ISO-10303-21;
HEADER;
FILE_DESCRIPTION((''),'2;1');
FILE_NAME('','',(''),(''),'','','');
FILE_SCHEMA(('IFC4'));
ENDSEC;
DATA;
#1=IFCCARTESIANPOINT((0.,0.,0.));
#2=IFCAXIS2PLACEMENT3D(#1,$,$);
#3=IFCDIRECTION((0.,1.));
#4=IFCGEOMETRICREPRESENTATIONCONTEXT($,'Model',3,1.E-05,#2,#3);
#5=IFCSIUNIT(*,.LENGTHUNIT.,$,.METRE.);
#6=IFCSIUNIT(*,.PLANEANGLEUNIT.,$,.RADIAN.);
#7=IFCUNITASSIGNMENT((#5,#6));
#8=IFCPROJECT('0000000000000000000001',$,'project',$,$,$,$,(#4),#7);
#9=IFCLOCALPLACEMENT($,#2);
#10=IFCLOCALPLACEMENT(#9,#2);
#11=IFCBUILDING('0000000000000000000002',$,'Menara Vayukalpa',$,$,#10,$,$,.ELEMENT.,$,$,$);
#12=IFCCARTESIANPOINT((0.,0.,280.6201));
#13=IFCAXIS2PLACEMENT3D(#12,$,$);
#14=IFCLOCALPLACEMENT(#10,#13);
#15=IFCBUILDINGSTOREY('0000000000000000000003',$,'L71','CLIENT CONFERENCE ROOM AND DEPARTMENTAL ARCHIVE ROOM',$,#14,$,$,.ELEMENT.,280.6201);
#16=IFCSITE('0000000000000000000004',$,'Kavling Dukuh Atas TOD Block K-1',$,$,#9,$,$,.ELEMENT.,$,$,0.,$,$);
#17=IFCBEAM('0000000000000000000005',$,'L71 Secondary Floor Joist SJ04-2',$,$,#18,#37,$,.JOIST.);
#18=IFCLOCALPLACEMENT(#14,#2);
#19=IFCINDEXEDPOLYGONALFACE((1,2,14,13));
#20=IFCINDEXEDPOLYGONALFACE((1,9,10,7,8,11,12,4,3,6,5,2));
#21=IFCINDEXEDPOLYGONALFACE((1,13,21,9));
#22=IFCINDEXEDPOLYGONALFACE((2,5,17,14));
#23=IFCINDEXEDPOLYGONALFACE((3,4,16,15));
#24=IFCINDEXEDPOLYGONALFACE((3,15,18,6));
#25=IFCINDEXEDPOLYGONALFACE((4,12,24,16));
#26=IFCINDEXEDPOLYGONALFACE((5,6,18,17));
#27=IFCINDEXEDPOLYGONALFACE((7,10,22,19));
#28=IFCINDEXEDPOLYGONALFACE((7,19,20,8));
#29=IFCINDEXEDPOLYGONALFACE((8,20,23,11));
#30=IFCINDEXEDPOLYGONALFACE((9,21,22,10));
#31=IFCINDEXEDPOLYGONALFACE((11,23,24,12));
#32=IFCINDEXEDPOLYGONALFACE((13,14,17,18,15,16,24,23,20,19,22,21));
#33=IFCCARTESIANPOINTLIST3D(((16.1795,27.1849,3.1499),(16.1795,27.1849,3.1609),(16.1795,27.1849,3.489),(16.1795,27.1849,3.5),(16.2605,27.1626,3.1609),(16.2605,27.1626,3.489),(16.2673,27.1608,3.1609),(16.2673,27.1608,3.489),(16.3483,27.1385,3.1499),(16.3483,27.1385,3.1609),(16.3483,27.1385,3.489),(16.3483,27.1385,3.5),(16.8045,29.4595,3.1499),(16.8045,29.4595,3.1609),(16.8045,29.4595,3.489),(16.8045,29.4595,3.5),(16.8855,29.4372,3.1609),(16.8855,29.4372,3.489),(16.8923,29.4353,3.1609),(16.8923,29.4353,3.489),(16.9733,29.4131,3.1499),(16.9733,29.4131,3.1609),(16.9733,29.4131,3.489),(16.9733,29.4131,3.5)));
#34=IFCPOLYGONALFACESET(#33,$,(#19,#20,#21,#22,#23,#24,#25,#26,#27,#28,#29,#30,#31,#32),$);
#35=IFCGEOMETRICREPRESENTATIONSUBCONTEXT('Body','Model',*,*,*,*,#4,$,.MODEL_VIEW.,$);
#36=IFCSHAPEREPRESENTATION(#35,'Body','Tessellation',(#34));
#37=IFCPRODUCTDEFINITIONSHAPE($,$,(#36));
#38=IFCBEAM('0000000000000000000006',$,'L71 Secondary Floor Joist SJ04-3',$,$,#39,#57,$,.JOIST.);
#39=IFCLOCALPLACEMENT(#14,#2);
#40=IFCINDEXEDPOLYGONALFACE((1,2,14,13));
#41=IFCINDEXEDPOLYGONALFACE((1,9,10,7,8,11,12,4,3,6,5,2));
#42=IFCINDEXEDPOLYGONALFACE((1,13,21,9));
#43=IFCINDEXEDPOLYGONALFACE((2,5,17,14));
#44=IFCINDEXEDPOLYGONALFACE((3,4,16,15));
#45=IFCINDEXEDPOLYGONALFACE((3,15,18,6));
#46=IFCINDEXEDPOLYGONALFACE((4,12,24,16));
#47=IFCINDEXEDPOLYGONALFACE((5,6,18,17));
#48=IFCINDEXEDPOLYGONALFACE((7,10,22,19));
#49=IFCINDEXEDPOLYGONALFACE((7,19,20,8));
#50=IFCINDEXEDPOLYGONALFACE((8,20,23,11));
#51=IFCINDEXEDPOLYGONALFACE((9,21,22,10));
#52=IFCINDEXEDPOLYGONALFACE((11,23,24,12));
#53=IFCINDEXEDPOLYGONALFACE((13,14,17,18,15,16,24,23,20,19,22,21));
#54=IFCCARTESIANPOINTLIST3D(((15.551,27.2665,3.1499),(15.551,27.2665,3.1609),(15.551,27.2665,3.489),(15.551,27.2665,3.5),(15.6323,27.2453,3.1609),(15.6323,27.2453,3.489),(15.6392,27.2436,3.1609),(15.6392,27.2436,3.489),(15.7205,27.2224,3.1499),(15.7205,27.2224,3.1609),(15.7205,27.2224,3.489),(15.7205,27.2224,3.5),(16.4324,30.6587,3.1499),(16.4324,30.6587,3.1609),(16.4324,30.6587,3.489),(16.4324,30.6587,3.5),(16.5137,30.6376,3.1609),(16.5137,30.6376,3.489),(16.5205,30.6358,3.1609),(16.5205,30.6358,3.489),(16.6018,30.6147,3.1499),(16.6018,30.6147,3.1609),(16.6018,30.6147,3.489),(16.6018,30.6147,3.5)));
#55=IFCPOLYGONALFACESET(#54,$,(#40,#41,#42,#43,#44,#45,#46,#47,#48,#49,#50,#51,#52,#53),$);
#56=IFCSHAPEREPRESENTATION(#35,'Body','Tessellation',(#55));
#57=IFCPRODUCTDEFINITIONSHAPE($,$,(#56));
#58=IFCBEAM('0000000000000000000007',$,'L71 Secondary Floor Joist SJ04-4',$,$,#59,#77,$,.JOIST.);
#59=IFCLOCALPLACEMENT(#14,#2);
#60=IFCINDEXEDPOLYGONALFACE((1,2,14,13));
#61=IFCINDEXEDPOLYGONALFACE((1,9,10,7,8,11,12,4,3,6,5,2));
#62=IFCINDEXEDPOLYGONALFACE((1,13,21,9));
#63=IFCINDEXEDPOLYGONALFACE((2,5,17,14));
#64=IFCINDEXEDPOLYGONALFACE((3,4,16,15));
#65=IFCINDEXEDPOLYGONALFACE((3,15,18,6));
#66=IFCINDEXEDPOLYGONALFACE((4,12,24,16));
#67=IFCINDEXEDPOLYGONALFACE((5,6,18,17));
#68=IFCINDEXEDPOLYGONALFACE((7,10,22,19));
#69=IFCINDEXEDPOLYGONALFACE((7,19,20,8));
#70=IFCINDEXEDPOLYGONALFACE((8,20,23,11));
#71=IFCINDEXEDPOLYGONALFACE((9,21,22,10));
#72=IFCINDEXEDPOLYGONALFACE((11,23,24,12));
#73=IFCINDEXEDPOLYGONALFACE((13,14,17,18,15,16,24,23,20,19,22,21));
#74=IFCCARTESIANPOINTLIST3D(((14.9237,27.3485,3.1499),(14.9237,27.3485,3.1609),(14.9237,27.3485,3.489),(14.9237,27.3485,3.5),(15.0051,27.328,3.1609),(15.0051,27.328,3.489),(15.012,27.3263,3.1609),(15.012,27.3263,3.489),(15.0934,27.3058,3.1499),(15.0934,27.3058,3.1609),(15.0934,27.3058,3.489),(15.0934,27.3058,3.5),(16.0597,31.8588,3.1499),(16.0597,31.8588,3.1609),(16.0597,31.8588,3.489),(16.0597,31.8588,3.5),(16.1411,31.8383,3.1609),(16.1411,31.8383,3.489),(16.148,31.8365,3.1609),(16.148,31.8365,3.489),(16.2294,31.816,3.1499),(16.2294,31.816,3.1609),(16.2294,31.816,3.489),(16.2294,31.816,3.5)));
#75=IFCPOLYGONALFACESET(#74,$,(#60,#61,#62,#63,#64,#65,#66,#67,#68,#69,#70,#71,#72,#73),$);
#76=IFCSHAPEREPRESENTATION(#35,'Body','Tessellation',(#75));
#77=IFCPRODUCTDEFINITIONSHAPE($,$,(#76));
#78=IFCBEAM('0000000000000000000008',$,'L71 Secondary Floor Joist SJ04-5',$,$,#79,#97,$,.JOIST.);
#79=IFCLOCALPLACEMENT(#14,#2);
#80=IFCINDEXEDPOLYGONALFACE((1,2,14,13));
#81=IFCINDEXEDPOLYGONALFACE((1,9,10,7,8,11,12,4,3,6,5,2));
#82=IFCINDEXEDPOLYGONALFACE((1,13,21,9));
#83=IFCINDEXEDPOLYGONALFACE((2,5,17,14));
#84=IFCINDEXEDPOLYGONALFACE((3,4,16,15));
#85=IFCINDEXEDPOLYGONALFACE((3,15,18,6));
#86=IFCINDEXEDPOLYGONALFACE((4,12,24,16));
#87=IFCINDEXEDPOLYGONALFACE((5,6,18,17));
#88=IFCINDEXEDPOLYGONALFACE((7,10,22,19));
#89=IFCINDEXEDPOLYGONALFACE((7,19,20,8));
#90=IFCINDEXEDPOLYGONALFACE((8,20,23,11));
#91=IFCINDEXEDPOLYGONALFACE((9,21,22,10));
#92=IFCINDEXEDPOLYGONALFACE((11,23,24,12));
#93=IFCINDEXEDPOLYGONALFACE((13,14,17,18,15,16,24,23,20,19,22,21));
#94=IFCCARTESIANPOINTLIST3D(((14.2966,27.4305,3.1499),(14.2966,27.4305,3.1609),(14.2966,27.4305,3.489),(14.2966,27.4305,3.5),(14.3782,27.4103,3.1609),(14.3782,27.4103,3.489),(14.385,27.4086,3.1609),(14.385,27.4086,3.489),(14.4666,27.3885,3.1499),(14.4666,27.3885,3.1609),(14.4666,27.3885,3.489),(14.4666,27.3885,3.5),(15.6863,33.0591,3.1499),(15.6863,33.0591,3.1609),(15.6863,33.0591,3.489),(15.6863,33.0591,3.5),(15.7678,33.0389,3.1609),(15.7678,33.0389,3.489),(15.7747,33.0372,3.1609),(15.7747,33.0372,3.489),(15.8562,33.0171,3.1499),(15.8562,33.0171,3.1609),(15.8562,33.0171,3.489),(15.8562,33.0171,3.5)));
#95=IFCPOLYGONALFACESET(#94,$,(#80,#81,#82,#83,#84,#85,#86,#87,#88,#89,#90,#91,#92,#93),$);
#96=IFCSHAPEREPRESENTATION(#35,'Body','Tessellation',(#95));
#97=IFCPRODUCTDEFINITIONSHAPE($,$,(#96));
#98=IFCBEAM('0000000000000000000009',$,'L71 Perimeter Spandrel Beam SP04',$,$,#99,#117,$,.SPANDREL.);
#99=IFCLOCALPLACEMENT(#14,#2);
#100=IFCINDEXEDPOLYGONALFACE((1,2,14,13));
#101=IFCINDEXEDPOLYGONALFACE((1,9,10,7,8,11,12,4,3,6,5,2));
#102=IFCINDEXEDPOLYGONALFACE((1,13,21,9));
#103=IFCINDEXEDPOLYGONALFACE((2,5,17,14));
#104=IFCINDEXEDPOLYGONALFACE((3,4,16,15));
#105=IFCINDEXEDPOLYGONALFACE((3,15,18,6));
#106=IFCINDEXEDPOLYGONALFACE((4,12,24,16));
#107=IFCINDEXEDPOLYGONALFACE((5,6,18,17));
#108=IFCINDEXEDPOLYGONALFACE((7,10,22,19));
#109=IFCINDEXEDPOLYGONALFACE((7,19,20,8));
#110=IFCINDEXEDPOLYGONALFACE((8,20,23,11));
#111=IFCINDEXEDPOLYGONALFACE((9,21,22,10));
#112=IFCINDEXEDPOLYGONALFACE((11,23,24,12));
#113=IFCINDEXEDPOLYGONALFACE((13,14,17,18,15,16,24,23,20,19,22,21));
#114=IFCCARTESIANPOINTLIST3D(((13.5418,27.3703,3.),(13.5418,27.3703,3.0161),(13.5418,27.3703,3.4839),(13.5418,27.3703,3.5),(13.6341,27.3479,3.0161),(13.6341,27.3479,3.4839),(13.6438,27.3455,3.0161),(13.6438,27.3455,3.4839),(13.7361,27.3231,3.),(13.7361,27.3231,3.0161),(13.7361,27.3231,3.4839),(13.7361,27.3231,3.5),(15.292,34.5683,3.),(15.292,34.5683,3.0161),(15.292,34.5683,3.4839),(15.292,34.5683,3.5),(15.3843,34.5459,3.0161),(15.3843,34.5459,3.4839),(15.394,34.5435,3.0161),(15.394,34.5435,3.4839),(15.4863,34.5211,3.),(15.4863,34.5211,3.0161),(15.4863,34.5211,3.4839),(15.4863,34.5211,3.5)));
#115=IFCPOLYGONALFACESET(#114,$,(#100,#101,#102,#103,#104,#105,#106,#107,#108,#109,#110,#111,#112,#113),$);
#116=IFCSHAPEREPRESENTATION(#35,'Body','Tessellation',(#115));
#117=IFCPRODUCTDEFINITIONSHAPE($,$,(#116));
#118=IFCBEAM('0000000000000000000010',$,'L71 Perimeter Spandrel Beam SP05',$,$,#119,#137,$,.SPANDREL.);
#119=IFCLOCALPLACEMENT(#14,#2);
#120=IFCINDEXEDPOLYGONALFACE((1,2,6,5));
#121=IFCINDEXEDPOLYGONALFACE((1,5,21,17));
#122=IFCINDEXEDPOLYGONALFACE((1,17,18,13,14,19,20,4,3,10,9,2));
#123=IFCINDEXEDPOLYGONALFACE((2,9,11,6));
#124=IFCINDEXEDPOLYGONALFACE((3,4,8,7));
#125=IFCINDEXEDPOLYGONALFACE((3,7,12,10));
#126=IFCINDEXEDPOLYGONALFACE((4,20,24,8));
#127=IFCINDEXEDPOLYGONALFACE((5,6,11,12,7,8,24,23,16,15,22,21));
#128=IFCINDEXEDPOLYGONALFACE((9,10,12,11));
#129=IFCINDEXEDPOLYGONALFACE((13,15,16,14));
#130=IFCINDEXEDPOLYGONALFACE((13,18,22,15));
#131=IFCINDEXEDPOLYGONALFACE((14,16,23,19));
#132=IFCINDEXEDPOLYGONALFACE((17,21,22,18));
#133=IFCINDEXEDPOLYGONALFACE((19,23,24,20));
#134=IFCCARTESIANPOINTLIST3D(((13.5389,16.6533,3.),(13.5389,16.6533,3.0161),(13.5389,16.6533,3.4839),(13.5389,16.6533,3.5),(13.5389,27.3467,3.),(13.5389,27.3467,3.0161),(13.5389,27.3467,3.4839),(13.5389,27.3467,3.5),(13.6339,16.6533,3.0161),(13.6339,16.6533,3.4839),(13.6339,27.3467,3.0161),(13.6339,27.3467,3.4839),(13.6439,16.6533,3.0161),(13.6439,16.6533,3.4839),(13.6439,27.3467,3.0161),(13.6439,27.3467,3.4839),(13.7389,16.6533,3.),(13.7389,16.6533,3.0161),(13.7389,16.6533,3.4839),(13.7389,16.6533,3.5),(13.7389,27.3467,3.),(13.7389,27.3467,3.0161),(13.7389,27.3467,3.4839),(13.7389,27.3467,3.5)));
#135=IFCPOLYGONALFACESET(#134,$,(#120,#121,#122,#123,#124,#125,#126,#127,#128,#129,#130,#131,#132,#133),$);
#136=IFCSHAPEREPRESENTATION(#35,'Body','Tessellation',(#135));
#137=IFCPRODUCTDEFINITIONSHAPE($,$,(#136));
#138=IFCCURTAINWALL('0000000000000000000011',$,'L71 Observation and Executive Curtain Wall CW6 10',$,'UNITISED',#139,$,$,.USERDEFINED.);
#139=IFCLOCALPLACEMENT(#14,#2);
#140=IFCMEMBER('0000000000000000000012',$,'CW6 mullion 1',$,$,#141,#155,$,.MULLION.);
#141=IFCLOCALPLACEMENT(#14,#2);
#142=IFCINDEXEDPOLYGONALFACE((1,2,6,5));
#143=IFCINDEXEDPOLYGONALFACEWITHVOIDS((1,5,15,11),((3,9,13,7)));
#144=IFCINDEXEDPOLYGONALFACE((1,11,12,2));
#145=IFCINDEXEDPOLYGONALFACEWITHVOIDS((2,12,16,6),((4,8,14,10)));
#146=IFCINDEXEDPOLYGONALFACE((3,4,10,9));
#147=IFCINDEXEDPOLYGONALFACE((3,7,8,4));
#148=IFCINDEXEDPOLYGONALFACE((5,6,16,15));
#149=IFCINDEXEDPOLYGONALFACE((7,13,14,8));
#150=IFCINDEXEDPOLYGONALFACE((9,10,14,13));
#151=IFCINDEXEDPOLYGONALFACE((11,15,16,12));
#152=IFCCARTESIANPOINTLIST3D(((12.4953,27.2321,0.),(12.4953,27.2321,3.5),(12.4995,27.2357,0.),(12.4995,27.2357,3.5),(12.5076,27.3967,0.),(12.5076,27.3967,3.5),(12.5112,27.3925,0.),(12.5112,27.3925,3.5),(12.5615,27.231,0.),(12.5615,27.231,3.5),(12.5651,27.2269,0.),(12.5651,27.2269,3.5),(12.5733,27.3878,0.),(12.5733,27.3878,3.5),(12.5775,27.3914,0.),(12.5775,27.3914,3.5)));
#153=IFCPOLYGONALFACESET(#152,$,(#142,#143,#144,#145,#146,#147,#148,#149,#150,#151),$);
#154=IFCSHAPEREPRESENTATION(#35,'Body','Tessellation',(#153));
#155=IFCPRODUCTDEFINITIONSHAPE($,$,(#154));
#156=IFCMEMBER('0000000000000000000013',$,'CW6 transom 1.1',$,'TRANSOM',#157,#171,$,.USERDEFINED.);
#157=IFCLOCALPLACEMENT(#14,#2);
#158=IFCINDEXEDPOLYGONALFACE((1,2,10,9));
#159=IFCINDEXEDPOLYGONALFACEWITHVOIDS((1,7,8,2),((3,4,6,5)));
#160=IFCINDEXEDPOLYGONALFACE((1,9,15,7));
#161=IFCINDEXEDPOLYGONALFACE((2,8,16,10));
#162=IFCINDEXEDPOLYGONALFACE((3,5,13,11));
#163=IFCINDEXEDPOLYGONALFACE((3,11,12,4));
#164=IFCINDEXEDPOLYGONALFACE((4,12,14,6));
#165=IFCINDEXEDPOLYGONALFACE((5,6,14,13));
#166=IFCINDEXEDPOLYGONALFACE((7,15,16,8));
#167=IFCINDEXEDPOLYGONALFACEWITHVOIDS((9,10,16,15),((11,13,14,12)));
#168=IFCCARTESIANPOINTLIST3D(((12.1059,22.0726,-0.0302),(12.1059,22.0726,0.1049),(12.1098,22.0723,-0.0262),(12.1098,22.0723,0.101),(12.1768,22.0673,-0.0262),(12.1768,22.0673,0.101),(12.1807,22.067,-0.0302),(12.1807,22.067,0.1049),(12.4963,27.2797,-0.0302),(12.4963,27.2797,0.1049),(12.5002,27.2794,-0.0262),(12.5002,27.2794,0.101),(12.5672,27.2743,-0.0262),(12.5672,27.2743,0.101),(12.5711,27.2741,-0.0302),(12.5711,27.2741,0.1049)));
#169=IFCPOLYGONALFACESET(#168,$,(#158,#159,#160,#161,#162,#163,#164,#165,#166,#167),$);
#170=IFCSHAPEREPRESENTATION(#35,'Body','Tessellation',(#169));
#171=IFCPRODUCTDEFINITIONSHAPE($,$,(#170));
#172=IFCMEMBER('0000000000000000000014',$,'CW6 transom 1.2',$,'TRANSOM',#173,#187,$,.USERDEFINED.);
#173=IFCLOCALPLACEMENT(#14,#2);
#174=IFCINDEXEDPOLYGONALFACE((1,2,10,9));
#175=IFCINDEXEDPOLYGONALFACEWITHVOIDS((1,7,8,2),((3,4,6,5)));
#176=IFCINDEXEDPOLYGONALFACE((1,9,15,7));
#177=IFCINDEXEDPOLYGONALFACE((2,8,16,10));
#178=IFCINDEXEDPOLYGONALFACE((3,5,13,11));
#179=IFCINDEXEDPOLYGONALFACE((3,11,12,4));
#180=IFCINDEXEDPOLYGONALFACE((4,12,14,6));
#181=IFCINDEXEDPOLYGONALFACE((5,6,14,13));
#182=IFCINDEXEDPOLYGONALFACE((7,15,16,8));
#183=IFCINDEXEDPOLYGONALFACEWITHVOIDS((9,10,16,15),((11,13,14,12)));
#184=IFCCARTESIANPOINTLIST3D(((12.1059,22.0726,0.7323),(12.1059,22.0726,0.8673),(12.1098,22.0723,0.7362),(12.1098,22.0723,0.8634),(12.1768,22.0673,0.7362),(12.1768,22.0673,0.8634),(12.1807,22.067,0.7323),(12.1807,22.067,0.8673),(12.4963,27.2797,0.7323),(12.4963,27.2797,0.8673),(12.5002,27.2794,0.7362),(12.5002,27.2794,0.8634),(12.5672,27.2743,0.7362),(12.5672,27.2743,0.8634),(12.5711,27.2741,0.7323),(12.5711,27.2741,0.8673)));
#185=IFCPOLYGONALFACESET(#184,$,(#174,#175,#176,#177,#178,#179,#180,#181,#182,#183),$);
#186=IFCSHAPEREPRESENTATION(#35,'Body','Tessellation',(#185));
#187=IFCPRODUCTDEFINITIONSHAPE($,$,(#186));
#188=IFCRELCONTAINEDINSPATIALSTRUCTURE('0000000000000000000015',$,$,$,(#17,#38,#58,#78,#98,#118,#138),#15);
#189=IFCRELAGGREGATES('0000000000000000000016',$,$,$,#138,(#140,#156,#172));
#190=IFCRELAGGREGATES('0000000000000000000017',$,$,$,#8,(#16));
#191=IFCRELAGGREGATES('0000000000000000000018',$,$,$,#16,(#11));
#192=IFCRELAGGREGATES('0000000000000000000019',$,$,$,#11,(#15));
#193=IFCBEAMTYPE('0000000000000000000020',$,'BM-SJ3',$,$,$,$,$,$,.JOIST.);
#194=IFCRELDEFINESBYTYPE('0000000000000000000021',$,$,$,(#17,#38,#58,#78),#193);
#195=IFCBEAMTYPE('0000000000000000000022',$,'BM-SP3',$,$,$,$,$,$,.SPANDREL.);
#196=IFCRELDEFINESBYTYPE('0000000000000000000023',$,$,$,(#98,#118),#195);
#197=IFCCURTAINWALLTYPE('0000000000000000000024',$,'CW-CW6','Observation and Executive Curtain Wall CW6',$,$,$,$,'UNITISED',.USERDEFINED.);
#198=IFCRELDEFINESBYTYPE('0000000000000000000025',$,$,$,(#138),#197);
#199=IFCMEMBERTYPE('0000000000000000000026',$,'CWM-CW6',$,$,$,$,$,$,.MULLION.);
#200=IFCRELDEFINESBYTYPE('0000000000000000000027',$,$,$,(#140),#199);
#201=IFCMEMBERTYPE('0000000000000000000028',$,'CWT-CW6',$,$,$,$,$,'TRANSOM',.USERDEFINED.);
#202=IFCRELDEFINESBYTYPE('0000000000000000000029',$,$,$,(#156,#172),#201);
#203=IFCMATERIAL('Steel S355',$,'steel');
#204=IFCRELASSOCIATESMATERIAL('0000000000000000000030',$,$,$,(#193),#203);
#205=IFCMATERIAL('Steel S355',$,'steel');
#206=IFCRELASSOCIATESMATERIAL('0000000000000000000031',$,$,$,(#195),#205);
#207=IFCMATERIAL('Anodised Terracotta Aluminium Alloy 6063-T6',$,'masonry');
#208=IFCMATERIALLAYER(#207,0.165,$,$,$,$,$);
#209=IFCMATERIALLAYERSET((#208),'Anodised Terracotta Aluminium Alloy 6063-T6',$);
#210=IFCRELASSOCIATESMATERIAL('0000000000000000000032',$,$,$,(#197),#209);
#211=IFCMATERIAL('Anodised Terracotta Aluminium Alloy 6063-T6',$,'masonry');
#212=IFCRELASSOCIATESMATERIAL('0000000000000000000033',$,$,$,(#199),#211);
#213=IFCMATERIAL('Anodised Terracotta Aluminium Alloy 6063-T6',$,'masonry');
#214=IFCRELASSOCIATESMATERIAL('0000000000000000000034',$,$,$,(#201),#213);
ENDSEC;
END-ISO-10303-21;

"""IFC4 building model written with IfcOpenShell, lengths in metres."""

from ifc_helpers import new_model, si_unit, direction, frame, origin, origin_2d, place, context, subcontext, project, spatial, hollow_rectangle, i_section, extrude, material, layer, layer_set, material_profile, profile_set, type_object, element, aggregate, save


model = new_model("IFC4")

# Units and contexts
model_context = context("Model", 3, precision=1e-05, world=origin(), true_north=direction((0.0, 1.0)))
body_context = subcontext(model_context, "Body", "Model", "MODEL_VIEW")
ifc_project = project(units=[si_unit("LENGTHUNIT", "METRE"), si_unit("PLANEANGLEUNIT", "RADIAN")], contexts=[model_context])

# Site, building, storey
site_placement = place(None, origin())
site = spatial("IfcSite", under=ifc_project, at=site_placement, Name="Kavling Dukuh Atas TOD Block K-1", CompositionType="ELEMENT", RefElevation=0.0)
building_placement = place(site_placement, origin())
building = spatial("IfcBuilding", under=site, at=building_placement, Name="Menara Vayukalpa", CompositionType="ELEMENT")
storey_placement = place(building_placement, frame((0.0, 0.0, 280.6201)))
storey = spatial("IfcBuildingStorey", under=building, at=storey_placement, Name="L71", Description="CLIENT CONFERENCE ROOM AND DEPARTMENTAL ARCHIVE ROOM", CompositionType="ELEMENT", Elevation=280.6201)

# Beams
ifc_material_1 = material(Name="Steel S355", Category="steel")
ifc_material_profile_1 = material_profile(ifc_material_1, i_section(OverallWidth=0.175, OverallDepth=0.3501, WebThickness=0.0071, FlangeThickness=0.011, at=origin_2d()), Name="WF 350x175x7x11")
ifc_profile_set_1 = profile_set([ifc_material_profile_1], Name="Steel S355")
beam_type_1 = type_object("IfcBeamType", Name="BM-SJ3", PredefinedType="JOIST", material=ifc_profile_set_1)
beam_1_placement = place(storey_placement, frame((16.8889, 29.4363, 3.325), z_axis=(-0.264947, -0.964263, 0.0), x_axis=(0.964263, -0.264947, 0.0)))
element("IfcBeam", 1, at=beam_1_placement, inside=storey, type_object=beam_type_1, Name="L71 Secondary Floor Joist SJ04-2", PredefinedType="JOIST", context=body_context, shape_type="SweptSolid", body=[
    extrude(i_section(OverallWidth=0.175, OverallDepth=0.3501, WebThickness=0.0071, FlangeThickness=0.011, at=origin_2d()), origin(), (0.0, 0.0, 1.0), 2.3589),
])
beam_2_placement = place(storey_placement, frame((16.5171, 30.6367, 3.325), z_axis=(-0.251458, -0.967868, 0.0), x_axis=(0.967868, -0.251458, 0.0)))
element("IfcBeam", 2, at=beam_2_placement, inside=storey, type_object=beam_type_1, Name="L71 Secondary Floor Joist SJ04-3", PredefinedType="JOIST", context=body_context, shape_type="SweptSolid", body=[
    extrude(i_section(OverallWidth=0.175, OverallDepth=0.3501, WebThickness=0.0071, FlangeThickness=0.011, at=origin_2d()), origin(), (0.0, 0.0, 1.0), 3.5049),
])
beam_3_placement = place(storey_placement, frame((16.1445, 31.8374, 3.325), z_axis=(-0.24424, -0.969715, 0.0), x_axis=(0.969715, -0.24424, 0.0)))
element("IfcBeam", 3, at=beam_3_placement, inside=storey, type_object=beam_type_1, Name="L71 Secondary Floor Joist SJ04-4", PredefinedType="JOIST", context=body_context, shape_type="SweptSolid", body=[
    extrude(i_section(OverallWidth=0.175, OverallDepth=0.3501, WebThickness=0.0071, FlangeThickness=0.011, at=origin_2d()), origin(), (0.0, 0.0, 1.0), 4.6511),
])
beam_4_placement = place(storey_placement, frame((15.7712, 33.0381, 3.325), z_axis=(-0.239691, -0.970849, 0.0), x_axis=(0.970849, -0.239691, 0.0)))
element("IfcBeam", 4, at=beam_4_placement, inside=storey, type_object=beam_type_1, Name="L71 Secondary Floor Joist SJ04-5", PredefinedType="JOIST", context=body_context, shape_type="SweptSolid", body=[
    extrude(i_section(OverallWidth=0.175, OverallDepth=0.3501, WebThickness=0.0071, FlangeThickness=0.011, at=origin_2d()), origin(), (0.0, 0.0, 1.0), 5.7976),
])
ifc_material_2 = material(Name="Steel S355", Category="steel")
ifc_material_profile_2 = material_profile(ifc_material_2, i_section(OverallWidth=0.2, OverallDepth=0.5, WebThickness=0.01, FlangeThickness=0.0161, at=origin_2d()), Name="WF 500x200x10x16")
ifc_profile_set_2 = profile_set([ifc_material_profile_2], Name="Steel S355")
beam_type_2 = type_object("IfcBeamType", Name="BM-SP3", PredefinedType="SPANDREL", material=ifc_profile_set_2)
beam_5_placement = place(storey_placement, frame((15.3892, 34.5447, 3.25), z_axis=(-0.236273, -0.971687, 0.0), x_axis=(0.971687, -0.236273, 0.0)))
element("IfcBeam", 5, at=beam_5_placement, inside=storey, type_object=beam_type_2, Name="L71 Perimeter Spandrel Beam SP04", PredefinedType="SPANDREL", context=body_context, shape_type="SweptSolid", body=[
    extrude(i_section(OverallWidth=0.2, OverallDepth=0.5, WebThickness=0.01, FlangeThickness=0.0161, at=origin_2d()), origin(), (0.0, 0.0, 1.0), 7.4077),
])
beam_6_placement = place(storey_placement, frame((13.6389, 27.3467, 3.25), z_axis=(0.0, -1.0, 0.0), x_axis=(1.0, 0.0, 0.0)))
element("IfcBeam", 6, at=beam_6_placement, inside=storey, type_object=beam_type_2, Name="L71 Perimeter Spandrel Beam SP05", PredefinedType="SPANDREL", context=body_context, shape_type="SweptSolid", body=[
    extrude(i_section(OverallWidth=0.2, OverallDepth=0.5, WebThickness=0.01, FlangeThickness=0.0161, at=origin_2d()), origin(), (0.0, 0.0, 1.0), 10.6934),
])

# Curtain wall, members
ifc_material_3 = material(Name="Anodised Terracotta Aluminium Alloy 6063-T6", Category="masonry")
ifc_layer_1 = layer(ifc_material_3, 0.165)
ifc_layer_set_1 = layer_set([ifc_layer_1], Name="Anodised Terracotta Aluminium Alloy 6063-T6")
curtain_wall_type = type_object("IfcCurtainWallType", Name="CW-CW6", Description="Observation and Executive Curtain Wall CW6", ElementType="UNITISED", PredefinedType="USERDEFINED", material=ifc_layer_set_1)
curtain_wall_placement = place(storey_placement, origin())
curtain_wall = element("IfcCurtainWall", 7, at=curtain_wall_placement, inside=storey, type_object=curtain_wall_type, Name="L71 Observation and Executive Curtain Wall CW6 10", ObjectType="UNITISED", PredefinedType="USERDEFINED")
ifc_material_4 = material(Name="Anodised Terracotta Aluminium Alloy 6063-T6", Category="masonry")
ifc_material_profile_3 = material_profile(ifc_material_4, hollow_rectangle(XDim=0.0701, YDim=0.165, WallThickness=0.0039, at=origin_2d()), Name="ALU 70x165x4")
ifc_profile_set_3 = profile_set([ifc_material_profile_3], Name="Anodised Terracotta Aluminium Alloy 6063-T6")
member_type_1 = type_object("IfcMemberType", Name="CWM-CW6", PredefinedType="MULLION", material=ifc_profile_set_3)
member_1_placement = place(storey_placement, frame((12.5364, 27.3118, 0.0), z_axis=(0.0, 0.0, 1.0), x_axis=(0.997199, -0.074789, 0.0)))
member_1 = element("IfcMember", 8, at=member_1_placement, type_object=member_type_1, Name="CW6 mullion 1", PredefinedType="MULLION", context=body_context, shape_type="SweptSolid", body=[
    extrude(hollow_rectangle(XDim=0.0701, YDim=0.165, WallThickness=0.0039, at=origin_2d()), origin(), (0.0, 0.0, 1.0), 3.5),
])
ifc_material_5 = material(Name="Anodised Terracotta Aluminium Alloy 6063-T6", Category="masonry")
ifc_material_profile_4 = material_profile(ifc_material_5, hollow_rectangle(XDim=0.075, YDim=0.135, WallThickness=0.0039, at=origin_2d()), Name="ALU 75x135x4")
ifc_profile_set_4 = profile_set([ifc_material_profile_4], Name="Anodised Terracotta Aluminium Alloy 6063-T6")
member_type_2 = type_object("IfcMemberType", Name="CWT-CW6", ElementType="TRANSOM", PredefinedType="USERDEFINED", material=ifc_profile_set_4)
member_2_placement = place(storey_placement, frame((12.5337, 27.2769, 0.0374), z_axis=(-0.074762, -0.997201, 0.0), x_axis=(0.997201, -0.074762, 0.0)))
member_2 = element("IfcMember", 9, at=member_2_placement, type_object=member_type_2, Name="CW6 transom 1.1", ObjectType="TRANSOM", PredefinedType="USERDEFINED", context=body_context, shape_type="SweptSolid", body=[
    extrude(hollow_rectangle(XDim=0.075, YDim=0.135, WallThickness=0.0039, at=origin_2d()), origin(), (0.0, 0.0, 1.0), 5.2217),
])
member_3_placement = place(storey_placement, frame((12.5337, 27.2769, 0.7998), z_axis=(-0.074762, -0.997201, 0.0), x_axis=(0.997201, -0.074762, 0.0)))
member_3 = element("IfcMember", 10, at=member_3_placement, type_object=member_type_2, Name="CW6 transom 1.2", ObjectType="TRANSOM", PredefinedType="USERDEFINED", context=body_context, shape_type="SweptSolid", body=[
    extrude(hollow_rectangle(XDim=0.075, YDim=0.135, WallThickness=0.0039, at=origin_2d()), origin(), (0.0, 0.0, 1.0), 5.2217),
])
aggregate(curtain_wall, [member_1, member_2, member_3])

save(model, "model.ifc")
